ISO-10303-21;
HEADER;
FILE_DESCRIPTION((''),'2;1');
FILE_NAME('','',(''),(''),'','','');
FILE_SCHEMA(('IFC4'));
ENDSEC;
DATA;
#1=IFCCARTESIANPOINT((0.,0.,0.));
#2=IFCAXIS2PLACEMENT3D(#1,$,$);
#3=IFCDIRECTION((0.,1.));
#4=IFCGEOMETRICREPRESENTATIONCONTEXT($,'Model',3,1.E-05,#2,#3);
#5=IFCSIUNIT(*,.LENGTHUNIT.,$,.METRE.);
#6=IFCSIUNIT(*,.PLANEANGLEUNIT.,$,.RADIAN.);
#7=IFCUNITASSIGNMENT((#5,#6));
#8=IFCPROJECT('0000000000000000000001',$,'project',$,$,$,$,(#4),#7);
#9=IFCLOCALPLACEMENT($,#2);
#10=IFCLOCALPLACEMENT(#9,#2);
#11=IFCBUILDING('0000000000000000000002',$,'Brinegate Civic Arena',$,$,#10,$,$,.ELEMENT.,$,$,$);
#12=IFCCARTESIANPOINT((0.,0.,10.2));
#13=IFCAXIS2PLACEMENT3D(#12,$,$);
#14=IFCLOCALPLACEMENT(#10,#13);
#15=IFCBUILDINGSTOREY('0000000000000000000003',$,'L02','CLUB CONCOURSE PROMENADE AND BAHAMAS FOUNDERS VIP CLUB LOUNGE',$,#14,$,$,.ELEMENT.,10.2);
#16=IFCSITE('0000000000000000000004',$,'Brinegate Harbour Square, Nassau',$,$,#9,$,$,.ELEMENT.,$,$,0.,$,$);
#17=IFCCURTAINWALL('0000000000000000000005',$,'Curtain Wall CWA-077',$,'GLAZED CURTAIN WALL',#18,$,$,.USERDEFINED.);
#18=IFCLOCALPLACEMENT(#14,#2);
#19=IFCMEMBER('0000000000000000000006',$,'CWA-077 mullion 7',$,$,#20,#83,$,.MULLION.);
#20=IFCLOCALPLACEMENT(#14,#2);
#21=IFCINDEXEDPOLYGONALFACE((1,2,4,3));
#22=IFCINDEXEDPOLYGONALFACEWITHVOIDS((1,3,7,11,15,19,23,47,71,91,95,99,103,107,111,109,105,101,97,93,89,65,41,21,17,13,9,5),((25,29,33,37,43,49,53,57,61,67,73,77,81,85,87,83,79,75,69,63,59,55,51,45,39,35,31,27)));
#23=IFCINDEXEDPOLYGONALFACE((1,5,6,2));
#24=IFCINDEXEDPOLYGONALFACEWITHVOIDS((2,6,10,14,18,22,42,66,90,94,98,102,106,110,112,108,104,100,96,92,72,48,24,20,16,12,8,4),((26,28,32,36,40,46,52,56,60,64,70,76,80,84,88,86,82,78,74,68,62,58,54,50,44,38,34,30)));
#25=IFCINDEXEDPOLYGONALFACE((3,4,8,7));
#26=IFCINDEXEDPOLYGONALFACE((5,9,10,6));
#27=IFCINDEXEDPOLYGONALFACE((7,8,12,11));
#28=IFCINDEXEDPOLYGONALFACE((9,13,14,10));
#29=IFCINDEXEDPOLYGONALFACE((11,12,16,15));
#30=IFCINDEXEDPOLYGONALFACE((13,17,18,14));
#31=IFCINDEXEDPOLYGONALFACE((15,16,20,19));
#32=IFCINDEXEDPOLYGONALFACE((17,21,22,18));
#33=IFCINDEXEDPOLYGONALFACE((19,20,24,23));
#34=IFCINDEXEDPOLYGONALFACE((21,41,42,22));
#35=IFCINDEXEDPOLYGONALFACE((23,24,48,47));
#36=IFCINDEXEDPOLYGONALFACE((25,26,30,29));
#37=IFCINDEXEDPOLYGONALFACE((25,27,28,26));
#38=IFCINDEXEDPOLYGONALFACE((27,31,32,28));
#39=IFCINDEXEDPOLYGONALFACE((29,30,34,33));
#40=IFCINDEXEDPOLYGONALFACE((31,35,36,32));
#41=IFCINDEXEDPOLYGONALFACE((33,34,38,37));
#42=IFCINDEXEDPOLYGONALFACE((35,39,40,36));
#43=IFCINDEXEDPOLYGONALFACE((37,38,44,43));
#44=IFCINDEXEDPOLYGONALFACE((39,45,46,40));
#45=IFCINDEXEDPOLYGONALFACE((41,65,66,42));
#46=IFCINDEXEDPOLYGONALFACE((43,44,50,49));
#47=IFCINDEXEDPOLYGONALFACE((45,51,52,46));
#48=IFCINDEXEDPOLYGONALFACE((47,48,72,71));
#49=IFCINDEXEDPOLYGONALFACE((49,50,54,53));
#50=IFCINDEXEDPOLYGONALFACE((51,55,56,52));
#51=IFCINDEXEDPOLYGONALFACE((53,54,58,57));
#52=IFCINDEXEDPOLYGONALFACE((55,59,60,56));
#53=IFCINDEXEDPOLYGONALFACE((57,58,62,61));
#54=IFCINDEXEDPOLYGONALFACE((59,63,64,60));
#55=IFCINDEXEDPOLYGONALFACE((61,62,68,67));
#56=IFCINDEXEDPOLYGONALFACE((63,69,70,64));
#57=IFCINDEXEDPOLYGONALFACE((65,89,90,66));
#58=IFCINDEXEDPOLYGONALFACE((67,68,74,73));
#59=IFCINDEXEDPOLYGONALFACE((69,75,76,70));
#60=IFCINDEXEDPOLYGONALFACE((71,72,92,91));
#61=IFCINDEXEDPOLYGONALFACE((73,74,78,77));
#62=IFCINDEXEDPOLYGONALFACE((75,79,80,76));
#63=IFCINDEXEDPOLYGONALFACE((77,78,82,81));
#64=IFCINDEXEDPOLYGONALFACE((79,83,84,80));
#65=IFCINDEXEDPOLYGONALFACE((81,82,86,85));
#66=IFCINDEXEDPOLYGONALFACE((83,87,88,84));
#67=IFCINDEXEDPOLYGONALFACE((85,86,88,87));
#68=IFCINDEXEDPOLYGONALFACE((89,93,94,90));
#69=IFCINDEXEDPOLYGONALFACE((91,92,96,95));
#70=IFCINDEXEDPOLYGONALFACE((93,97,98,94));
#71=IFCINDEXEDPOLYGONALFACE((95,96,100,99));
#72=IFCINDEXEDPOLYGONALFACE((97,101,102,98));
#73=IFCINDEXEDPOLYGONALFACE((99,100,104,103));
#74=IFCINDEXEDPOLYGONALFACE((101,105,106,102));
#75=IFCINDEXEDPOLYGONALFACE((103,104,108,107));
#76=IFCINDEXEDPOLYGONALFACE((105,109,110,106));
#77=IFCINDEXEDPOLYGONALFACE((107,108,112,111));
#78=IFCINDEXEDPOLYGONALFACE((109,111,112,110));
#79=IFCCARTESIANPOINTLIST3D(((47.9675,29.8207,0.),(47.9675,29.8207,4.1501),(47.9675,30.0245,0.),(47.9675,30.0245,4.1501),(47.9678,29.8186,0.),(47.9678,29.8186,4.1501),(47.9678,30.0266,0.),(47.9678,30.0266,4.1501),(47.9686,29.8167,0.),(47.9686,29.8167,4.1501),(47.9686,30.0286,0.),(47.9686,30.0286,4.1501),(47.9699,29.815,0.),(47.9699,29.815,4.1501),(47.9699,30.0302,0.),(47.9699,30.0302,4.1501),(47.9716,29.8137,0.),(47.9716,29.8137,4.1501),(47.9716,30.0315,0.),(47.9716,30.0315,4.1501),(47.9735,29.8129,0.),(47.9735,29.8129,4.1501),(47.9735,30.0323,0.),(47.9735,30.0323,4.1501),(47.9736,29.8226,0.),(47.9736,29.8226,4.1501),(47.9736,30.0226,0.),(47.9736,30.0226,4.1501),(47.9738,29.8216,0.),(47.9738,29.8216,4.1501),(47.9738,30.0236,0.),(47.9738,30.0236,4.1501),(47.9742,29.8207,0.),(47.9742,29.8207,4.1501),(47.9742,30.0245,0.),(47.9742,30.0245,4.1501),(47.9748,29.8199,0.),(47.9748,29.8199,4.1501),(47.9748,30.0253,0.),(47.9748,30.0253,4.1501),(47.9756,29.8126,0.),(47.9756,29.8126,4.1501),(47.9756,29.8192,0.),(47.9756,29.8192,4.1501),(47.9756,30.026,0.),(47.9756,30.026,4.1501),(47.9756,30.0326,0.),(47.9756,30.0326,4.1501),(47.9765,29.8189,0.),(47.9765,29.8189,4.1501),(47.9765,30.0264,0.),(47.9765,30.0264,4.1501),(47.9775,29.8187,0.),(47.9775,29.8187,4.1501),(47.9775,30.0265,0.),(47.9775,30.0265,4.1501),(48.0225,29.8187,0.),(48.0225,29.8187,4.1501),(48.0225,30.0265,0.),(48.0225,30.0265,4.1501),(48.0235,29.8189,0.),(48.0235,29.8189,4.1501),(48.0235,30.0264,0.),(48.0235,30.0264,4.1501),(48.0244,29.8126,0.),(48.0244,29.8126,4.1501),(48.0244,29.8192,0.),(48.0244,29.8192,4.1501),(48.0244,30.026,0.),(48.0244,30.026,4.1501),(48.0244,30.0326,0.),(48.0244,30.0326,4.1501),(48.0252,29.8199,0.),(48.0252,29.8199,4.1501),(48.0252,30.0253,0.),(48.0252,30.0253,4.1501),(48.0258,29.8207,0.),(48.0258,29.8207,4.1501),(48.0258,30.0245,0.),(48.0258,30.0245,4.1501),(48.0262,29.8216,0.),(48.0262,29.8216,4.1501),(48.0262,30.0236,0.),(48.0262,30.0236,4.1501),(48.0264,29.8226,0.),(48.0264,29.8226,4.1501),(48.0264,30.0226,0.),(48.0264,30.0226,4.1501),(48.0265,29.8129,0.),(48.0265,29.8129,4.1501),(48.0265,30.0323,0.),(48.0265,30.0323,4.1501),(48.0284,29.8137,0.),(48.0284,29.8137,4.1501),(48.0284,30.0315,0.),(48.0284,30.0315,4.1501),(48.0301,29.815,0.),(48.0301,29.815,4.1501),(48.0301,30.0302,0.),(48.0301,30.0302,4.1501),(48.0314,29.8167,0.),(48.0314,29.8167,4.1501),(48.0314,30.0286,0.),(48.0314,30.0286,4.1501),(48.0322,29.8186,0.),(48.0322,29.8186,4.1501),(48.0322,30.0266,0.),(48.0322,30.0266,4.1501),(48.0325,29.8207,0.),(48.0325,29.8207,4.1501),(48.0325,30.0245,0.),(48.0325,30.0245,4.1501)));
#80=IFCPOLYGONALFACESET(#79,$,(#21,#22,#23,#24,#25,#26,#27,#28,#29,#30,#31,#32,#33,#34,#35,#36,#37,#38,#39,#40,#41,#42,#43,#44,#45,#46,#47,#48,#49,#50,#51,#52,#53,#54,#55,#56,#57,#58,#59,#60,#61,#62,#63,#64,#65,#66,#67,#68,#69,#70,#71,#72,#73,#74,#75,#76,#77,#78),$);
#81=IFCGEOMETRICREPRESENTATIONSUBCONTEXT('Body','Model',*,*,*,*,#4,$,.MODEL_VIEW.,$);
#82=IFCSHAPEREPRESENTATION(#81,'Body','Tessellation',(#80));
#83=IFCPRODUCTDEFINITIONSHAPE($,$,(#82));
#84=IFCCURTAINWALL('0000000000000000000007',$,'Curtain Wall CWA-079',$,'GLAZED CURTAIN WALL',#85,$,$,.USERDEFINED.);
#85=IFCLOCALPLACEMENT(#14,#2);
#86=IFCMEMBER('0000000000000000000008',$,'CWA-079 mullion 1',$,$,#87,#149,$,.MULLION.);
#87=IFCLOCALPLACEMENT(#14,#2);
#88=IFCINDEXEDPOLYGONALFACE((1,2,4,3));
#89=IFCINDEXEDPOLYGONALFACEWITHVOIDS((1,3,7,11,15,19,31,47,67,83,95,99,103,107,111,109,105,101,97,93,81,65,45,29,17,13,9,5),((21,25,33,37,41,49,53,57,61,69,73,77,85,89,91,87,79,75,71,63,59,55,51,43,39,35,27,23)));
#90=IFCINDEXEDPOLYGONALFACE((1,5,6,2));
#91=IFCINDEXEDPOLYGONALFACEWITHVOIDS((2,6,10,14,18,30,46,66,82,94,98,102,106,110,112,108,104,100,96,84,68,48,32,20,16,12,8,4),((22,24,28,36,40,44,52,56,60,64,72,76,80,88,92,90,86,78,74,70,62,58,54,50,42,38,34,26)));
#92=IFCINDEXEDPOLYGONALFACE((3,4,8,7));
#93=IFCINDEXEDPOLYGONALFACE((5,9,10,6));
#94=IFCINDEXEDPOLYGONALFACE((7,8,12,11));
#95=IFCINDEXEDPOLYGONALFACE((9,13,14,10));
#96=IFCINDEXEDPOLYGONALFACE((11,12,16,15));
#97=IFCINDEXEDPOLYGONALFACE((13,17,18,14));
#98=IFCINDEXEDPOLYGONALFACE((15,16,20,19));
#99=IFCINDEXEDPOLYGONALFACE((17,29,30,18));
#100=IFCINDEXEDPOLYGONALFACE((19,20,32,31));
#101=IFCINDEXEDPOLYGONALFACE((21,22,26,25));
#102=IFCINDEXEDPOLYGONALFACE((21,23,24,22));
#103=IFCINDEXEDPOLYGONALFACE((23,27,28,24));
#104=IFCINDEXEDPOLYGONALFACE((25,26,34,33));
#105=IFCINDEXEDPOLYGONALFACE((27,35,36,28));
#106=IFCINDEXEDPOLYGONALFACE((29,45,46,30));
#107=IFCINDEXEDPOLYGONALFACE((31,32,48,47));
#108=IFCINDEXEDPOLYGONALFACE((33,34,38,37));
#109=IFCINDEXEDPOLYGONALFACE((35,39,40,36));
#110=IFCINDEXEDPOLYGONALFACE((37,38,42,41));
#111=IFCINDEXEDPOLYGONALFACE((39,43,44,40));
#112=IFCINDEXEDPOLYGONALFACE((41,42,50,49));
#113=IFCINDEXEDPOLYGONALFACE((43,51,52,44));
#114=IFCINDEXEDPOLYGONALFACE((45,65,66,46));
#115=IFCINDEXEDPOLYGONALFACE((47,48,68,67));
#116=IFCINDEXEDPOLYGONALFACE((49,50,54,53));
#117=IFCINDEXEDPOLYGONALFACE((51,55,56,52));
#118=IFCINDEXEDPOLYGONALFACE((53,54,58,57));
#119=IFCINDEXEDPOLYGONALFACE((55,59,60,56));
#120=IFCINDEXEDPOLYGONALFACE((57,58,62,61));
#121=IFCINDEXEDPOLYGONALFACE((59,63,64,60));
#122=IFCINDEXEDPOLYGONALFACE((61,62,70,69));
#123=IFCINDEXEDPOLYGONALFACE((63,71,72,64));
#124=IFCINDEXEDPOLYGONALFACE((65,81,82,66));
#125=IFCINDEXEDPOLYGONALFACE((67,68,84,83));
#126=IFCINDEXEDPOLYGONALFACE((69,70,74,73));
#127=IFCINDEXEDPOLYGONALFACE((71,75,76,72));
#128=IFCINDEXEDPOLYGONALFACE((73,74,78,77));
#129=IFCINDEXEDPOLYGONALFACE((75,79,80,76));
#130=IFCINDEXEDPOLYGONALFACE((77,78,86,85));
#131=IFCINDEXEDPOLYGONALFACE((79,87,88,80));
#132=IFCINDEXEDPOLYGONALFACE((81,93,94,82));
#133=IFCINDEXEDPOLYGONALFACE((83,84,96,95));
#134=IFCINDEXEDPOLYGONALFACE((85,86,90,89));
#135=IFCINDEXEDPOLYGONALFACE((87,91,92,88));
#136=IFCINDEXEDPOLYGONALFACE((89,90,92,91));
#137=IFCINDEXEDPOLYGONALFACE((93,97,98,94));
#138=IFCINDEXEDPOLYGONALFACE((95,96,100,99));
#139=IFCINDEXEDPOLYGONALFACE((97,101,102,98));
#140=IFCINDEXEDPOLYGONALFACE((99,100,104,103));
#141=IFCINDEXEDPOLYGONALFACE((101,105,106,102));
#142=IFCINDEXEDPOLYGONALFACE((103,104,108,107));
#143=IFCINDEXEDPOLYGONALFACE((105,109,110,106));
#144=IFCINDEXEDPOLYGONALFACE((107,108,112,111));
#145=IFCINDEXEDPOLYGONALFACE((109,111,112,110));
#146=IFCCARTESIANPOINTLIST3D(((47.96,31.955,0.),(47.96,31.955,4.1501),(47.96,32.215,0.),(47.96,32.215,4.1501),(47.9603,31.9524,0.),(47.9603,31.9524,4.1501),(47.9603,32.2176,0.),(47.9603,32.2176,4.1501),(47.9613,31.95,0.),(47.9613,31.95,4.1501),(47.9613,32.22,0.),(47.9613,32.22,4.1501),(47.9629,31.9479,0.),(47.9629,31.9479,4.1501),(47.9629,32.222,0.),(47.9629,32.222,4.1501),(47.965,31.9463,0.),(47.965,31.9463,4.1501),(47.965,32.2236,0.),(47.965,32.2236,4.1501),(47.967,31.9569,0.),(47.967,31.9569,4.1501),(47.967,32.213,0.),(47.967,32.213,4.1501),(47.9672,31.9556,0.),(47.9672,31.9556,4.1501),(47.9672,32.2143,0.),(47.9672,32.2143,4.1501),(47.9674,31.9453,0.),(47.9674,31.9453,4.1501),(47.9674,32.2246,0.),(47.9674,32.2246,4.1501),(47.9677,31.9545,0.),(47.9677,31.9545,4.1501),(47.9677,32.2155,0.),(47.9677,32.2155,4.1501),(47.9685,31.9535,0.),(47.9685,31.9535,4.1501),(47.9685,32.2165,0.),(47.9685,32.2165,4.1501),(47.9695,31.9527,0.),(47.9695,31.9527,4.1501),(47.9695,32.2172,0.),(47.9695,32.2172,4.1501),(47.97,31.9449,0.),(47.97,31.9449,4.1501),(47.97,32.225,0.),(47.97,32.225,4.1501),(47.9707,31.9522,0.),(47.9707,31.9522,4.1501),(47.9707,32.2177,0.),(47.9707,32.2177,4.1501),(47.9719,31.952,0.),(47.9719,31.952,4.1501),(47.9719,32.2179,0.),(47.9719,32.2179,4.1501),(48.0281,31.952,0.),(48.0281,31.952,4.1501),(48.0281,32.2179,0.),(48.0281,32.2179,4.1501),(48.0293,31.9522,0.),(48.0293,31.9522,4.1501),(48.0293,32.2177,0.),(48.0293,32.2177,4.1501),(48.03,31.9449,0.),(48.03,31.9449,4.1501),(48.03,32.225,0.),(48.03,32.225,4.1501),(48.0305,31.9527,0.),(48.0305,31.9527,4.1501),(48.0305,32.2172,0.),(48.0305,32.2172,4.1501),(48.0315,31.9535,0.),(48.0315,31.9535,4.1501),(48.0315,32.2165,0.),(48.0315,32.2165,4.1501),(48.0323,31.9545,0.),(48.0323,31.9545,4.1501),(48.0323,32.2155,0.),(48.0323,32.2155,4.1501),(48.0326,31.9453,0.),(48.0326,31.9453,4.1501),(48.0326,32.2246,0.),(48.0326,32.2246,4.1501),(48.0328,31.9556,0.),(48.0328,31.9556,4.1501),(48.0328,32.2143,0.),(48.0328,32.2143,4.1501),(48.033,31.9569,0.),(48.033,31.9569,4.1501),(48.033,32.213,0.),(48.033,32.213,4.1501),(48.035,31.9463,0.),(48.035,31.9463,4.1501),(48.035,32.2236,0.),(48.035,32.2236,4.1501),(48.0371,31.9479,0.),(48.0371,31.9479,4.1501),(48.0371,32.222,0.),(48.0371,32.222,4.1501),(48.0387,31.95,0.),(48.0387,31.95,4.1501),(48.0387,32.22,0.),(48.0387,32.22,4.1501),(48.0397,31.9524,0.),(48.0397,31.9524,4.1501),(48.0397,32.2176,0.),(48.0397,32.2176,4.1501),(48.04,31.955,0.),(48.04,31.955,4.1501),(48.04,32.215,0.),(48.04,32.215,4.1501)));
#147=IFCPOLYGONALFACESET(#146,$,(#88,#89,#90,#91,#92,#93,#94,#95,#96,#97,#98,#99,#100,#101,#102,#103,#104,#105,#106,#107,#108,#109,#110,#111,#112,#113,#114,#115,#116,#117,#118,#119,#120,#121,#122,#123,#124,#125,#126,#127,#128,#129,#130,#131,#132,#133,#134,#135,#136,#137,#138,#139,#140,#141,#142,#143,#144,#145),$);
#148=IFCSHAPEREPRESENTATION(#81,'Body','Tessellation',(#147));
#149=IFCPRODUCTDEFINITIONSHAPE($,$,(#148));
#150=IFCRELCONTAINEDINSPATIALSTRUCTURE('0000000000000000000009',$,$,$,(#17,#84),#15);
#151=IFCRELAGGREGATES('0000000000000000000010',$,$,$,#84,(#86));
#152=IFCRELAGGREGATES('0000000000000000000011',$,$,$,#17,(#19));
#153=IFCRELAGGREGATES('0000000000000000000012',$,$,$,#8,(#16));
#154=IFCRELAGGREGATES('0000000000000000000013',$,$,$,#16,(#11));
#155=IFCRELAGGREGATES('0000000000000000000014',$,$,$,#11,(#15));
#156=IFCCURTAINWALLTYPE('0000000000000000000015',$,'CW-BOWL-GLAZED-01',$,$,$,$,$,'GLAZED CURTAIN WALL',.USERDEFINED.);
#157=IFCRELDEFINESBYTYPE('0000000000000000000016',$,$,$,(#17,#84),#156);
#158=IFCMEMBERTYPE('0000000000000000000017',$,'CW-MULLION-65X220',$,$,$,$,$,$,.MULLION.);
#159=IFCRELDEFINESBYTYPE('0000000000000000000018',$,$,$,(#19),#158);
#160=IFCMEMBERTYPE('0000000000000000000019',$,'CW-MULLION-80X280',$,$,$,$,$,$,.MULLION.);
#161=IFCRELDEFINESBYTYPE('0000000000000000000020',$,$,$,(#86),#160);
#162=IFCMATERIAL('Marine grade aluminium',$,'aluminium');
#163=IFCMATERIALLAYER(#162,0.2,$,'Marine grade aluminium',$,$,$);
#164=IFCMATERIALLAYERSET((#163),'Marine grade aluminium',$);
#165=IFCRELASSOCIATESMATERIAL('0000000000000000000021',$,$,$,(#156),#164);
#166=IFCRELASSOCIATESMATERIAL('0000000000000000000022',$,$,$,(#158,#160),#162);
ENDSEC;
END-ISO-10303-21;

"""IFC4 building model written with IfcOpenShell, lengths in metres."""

from ifc_helpers import new_model, si_unit, direction, frame, origin, origin_2d, place, context, subcontext, project, spatial, hollow_rectangle, extrude, material, layer, layer_set, material_profile, profile_set, type_object, element, aggregate, save


model = new_model("IFC4")

# Units and contexts
model_context = context("Model", 3, precision=1e-05, world=origin(), true_north=direction((0.0, 1.0)))
body_context = subcontext(model_context, "Body", "Model", "MODEL_VIEW")
ifc_project = project(units=[si_unit("LENGTHUNIT", "METRE"), si_unit("PLANEANGLEUNIT", "RADIAN")], contexts=[model_context])

# Site, building, storey
site_placement = place(None, origin())
site = spatial("IfcSite", under=ifc_project, at=site_placement, Name="Brinegate Harbour Square, Nassau", CompositionType="ELEMENT", RefElevation=0.0)
building_placement = place(site_placement, origin())
building = spatial("IfcBuilding", under=site, at=building_placement, Name="Brinegate Civic Arena", CompositionType="ELEMENT")
storey_placement = place(building_placement, frame((0.0, 0.0, 10.2)))
storey = spatial("IfcBuildingStorey", under=building, at=storey_placement, Name="L02", Description="CLUB CONCOURSE PROMENADE AND BAHAMAS FOUNDERS VIP CLUB LOUNGE", CompositionType="ELEMENT", Elevation=10.2)

# Curtain wall, member
ifc_material_1 = material(Name="Marine grade aluminium", Category="aluminium")
ifc_layer_1 = layer(ifc_material_1, 0.2, Name="Marine grade aluminium")
ifc_layer_set_1 = layer_set([ifc_layer_1], Name="Marine grade aluminium")
curtain_wall_type = type_object("IfcCurtainWallType", Name="CW-BOWL-GLAZED-01", ElementType="GLAZED CURTAIN WALL", PredefinedType="USERDEFINED", material=ifc_layer_set_1)
curtain_wall_1_placement = place(storey_placement, origin())
curtain_wall_1 = element("IfcCurtainWall", 1, at=curtain_wall_1_placement, inside=storey, type_object=curtain_wall_type, Name="Curtain Wall CWA-077", ObjectType="GLAZED CURTAIN WALL", PredefinedType="USERDEFINED")
ifc_material_profile_1 = material_profile(ifc_material_1, hollow_rectangle(XDim=0.0649, YDim=0.22, WallThickness=0.0061, InnerFilletRadius=0.0039, OuterFilletRadius=0.0081, at=origin_2d()), Name="MUL65X220")
ifc_profile_set_1 = profile_set([ifc_material_profile_1], Name="Marine grade aluminium")
member_type_1 = type_object("IfcMemberType", Name="CW-MULLION-65X220", PredefinedType="MULLION", material=ifc_profile_set_1)
member_1_placement = place(storey_placement, frame((48.0, 29.9226, 0.0), z_axis=(0.0, 0.0, 1.0), x_axis=(-1.0, 0.0, 0.0)))
member_1 = element("IfcMember", 2, at=member_1_placement, type_object=member_type_1, Name="CWA-077 mullion 7", PredefinedType="MULLION", context=body_context, shape_type="SweptSolid", body=[
    extrude(hollow_rectangle(XDim=0.0649, YDim=0.22, WallThickness=0.0061, InnerFilletRadius=0.0039, OuterFilletRadius=0.0081, at=origin_2d()), origin(), (0.0, 0.0, 1.0), 4.1501),
])

# Curtain wall, member
curtain_wall_2_placement = place(storey_placement, origin())
curtain_wall_2 = element("IfcCurtainWall", 3, at=curtain_wall_2_placement, inside=storey, type_object=curtain_wall_type, Name="Curtain Wall CWA-079", ObjectType="GLAZED CURTAIN WALL", PredefinedType="USERDEFINED")
ifc_material_profile_2 = material_profile(ifc_material_1, hollow_rectangle(XDim=0.0801, YDim=0.28, WallThickness=0.0071, InnerFilletRadius=0.0049, OuterFilletRadius=0.01, at=origin_2d()), Name="MUL80X280")
ifc_profile_set_2 = profile_set([ifc_material_profile_2], Name="Marine grade aluminium")
member_type_2 = type_object("IfcMemberType", Name="CW-MULLION-80X280", PredefinedType="MULLION", material=ifc_profile_set_2)
member_2_placement = place(storey_placement, frame((48.0, 32.085, 0.0), z_axis=(0.0, 0.0, 1.0), x_axis=(-1.0, 0.0, 0.0)))
member_2 = element("IfcMember", 4, at=member_2_placement, type_object=member_type_2, Name="CWA-079 mullion 1", PredefinedType="MULLION", context=body_context, shape_type="SweptSolid", body=[
    extrude(hollow_rectangle(XDim=0.0801, YDim=0.28, WallThickness=0.0071, InnerFilletRadius=0.0049, OuterFilletRadius=0.01, at=origin_2d()), origin(), (0.0, 0.0, 1.0), 4.1501),
])
aggregate(curtain_wall_2, [member_2])

aggregate(curtain_wall_1, [member_1])

save(model, "model.ifc")
